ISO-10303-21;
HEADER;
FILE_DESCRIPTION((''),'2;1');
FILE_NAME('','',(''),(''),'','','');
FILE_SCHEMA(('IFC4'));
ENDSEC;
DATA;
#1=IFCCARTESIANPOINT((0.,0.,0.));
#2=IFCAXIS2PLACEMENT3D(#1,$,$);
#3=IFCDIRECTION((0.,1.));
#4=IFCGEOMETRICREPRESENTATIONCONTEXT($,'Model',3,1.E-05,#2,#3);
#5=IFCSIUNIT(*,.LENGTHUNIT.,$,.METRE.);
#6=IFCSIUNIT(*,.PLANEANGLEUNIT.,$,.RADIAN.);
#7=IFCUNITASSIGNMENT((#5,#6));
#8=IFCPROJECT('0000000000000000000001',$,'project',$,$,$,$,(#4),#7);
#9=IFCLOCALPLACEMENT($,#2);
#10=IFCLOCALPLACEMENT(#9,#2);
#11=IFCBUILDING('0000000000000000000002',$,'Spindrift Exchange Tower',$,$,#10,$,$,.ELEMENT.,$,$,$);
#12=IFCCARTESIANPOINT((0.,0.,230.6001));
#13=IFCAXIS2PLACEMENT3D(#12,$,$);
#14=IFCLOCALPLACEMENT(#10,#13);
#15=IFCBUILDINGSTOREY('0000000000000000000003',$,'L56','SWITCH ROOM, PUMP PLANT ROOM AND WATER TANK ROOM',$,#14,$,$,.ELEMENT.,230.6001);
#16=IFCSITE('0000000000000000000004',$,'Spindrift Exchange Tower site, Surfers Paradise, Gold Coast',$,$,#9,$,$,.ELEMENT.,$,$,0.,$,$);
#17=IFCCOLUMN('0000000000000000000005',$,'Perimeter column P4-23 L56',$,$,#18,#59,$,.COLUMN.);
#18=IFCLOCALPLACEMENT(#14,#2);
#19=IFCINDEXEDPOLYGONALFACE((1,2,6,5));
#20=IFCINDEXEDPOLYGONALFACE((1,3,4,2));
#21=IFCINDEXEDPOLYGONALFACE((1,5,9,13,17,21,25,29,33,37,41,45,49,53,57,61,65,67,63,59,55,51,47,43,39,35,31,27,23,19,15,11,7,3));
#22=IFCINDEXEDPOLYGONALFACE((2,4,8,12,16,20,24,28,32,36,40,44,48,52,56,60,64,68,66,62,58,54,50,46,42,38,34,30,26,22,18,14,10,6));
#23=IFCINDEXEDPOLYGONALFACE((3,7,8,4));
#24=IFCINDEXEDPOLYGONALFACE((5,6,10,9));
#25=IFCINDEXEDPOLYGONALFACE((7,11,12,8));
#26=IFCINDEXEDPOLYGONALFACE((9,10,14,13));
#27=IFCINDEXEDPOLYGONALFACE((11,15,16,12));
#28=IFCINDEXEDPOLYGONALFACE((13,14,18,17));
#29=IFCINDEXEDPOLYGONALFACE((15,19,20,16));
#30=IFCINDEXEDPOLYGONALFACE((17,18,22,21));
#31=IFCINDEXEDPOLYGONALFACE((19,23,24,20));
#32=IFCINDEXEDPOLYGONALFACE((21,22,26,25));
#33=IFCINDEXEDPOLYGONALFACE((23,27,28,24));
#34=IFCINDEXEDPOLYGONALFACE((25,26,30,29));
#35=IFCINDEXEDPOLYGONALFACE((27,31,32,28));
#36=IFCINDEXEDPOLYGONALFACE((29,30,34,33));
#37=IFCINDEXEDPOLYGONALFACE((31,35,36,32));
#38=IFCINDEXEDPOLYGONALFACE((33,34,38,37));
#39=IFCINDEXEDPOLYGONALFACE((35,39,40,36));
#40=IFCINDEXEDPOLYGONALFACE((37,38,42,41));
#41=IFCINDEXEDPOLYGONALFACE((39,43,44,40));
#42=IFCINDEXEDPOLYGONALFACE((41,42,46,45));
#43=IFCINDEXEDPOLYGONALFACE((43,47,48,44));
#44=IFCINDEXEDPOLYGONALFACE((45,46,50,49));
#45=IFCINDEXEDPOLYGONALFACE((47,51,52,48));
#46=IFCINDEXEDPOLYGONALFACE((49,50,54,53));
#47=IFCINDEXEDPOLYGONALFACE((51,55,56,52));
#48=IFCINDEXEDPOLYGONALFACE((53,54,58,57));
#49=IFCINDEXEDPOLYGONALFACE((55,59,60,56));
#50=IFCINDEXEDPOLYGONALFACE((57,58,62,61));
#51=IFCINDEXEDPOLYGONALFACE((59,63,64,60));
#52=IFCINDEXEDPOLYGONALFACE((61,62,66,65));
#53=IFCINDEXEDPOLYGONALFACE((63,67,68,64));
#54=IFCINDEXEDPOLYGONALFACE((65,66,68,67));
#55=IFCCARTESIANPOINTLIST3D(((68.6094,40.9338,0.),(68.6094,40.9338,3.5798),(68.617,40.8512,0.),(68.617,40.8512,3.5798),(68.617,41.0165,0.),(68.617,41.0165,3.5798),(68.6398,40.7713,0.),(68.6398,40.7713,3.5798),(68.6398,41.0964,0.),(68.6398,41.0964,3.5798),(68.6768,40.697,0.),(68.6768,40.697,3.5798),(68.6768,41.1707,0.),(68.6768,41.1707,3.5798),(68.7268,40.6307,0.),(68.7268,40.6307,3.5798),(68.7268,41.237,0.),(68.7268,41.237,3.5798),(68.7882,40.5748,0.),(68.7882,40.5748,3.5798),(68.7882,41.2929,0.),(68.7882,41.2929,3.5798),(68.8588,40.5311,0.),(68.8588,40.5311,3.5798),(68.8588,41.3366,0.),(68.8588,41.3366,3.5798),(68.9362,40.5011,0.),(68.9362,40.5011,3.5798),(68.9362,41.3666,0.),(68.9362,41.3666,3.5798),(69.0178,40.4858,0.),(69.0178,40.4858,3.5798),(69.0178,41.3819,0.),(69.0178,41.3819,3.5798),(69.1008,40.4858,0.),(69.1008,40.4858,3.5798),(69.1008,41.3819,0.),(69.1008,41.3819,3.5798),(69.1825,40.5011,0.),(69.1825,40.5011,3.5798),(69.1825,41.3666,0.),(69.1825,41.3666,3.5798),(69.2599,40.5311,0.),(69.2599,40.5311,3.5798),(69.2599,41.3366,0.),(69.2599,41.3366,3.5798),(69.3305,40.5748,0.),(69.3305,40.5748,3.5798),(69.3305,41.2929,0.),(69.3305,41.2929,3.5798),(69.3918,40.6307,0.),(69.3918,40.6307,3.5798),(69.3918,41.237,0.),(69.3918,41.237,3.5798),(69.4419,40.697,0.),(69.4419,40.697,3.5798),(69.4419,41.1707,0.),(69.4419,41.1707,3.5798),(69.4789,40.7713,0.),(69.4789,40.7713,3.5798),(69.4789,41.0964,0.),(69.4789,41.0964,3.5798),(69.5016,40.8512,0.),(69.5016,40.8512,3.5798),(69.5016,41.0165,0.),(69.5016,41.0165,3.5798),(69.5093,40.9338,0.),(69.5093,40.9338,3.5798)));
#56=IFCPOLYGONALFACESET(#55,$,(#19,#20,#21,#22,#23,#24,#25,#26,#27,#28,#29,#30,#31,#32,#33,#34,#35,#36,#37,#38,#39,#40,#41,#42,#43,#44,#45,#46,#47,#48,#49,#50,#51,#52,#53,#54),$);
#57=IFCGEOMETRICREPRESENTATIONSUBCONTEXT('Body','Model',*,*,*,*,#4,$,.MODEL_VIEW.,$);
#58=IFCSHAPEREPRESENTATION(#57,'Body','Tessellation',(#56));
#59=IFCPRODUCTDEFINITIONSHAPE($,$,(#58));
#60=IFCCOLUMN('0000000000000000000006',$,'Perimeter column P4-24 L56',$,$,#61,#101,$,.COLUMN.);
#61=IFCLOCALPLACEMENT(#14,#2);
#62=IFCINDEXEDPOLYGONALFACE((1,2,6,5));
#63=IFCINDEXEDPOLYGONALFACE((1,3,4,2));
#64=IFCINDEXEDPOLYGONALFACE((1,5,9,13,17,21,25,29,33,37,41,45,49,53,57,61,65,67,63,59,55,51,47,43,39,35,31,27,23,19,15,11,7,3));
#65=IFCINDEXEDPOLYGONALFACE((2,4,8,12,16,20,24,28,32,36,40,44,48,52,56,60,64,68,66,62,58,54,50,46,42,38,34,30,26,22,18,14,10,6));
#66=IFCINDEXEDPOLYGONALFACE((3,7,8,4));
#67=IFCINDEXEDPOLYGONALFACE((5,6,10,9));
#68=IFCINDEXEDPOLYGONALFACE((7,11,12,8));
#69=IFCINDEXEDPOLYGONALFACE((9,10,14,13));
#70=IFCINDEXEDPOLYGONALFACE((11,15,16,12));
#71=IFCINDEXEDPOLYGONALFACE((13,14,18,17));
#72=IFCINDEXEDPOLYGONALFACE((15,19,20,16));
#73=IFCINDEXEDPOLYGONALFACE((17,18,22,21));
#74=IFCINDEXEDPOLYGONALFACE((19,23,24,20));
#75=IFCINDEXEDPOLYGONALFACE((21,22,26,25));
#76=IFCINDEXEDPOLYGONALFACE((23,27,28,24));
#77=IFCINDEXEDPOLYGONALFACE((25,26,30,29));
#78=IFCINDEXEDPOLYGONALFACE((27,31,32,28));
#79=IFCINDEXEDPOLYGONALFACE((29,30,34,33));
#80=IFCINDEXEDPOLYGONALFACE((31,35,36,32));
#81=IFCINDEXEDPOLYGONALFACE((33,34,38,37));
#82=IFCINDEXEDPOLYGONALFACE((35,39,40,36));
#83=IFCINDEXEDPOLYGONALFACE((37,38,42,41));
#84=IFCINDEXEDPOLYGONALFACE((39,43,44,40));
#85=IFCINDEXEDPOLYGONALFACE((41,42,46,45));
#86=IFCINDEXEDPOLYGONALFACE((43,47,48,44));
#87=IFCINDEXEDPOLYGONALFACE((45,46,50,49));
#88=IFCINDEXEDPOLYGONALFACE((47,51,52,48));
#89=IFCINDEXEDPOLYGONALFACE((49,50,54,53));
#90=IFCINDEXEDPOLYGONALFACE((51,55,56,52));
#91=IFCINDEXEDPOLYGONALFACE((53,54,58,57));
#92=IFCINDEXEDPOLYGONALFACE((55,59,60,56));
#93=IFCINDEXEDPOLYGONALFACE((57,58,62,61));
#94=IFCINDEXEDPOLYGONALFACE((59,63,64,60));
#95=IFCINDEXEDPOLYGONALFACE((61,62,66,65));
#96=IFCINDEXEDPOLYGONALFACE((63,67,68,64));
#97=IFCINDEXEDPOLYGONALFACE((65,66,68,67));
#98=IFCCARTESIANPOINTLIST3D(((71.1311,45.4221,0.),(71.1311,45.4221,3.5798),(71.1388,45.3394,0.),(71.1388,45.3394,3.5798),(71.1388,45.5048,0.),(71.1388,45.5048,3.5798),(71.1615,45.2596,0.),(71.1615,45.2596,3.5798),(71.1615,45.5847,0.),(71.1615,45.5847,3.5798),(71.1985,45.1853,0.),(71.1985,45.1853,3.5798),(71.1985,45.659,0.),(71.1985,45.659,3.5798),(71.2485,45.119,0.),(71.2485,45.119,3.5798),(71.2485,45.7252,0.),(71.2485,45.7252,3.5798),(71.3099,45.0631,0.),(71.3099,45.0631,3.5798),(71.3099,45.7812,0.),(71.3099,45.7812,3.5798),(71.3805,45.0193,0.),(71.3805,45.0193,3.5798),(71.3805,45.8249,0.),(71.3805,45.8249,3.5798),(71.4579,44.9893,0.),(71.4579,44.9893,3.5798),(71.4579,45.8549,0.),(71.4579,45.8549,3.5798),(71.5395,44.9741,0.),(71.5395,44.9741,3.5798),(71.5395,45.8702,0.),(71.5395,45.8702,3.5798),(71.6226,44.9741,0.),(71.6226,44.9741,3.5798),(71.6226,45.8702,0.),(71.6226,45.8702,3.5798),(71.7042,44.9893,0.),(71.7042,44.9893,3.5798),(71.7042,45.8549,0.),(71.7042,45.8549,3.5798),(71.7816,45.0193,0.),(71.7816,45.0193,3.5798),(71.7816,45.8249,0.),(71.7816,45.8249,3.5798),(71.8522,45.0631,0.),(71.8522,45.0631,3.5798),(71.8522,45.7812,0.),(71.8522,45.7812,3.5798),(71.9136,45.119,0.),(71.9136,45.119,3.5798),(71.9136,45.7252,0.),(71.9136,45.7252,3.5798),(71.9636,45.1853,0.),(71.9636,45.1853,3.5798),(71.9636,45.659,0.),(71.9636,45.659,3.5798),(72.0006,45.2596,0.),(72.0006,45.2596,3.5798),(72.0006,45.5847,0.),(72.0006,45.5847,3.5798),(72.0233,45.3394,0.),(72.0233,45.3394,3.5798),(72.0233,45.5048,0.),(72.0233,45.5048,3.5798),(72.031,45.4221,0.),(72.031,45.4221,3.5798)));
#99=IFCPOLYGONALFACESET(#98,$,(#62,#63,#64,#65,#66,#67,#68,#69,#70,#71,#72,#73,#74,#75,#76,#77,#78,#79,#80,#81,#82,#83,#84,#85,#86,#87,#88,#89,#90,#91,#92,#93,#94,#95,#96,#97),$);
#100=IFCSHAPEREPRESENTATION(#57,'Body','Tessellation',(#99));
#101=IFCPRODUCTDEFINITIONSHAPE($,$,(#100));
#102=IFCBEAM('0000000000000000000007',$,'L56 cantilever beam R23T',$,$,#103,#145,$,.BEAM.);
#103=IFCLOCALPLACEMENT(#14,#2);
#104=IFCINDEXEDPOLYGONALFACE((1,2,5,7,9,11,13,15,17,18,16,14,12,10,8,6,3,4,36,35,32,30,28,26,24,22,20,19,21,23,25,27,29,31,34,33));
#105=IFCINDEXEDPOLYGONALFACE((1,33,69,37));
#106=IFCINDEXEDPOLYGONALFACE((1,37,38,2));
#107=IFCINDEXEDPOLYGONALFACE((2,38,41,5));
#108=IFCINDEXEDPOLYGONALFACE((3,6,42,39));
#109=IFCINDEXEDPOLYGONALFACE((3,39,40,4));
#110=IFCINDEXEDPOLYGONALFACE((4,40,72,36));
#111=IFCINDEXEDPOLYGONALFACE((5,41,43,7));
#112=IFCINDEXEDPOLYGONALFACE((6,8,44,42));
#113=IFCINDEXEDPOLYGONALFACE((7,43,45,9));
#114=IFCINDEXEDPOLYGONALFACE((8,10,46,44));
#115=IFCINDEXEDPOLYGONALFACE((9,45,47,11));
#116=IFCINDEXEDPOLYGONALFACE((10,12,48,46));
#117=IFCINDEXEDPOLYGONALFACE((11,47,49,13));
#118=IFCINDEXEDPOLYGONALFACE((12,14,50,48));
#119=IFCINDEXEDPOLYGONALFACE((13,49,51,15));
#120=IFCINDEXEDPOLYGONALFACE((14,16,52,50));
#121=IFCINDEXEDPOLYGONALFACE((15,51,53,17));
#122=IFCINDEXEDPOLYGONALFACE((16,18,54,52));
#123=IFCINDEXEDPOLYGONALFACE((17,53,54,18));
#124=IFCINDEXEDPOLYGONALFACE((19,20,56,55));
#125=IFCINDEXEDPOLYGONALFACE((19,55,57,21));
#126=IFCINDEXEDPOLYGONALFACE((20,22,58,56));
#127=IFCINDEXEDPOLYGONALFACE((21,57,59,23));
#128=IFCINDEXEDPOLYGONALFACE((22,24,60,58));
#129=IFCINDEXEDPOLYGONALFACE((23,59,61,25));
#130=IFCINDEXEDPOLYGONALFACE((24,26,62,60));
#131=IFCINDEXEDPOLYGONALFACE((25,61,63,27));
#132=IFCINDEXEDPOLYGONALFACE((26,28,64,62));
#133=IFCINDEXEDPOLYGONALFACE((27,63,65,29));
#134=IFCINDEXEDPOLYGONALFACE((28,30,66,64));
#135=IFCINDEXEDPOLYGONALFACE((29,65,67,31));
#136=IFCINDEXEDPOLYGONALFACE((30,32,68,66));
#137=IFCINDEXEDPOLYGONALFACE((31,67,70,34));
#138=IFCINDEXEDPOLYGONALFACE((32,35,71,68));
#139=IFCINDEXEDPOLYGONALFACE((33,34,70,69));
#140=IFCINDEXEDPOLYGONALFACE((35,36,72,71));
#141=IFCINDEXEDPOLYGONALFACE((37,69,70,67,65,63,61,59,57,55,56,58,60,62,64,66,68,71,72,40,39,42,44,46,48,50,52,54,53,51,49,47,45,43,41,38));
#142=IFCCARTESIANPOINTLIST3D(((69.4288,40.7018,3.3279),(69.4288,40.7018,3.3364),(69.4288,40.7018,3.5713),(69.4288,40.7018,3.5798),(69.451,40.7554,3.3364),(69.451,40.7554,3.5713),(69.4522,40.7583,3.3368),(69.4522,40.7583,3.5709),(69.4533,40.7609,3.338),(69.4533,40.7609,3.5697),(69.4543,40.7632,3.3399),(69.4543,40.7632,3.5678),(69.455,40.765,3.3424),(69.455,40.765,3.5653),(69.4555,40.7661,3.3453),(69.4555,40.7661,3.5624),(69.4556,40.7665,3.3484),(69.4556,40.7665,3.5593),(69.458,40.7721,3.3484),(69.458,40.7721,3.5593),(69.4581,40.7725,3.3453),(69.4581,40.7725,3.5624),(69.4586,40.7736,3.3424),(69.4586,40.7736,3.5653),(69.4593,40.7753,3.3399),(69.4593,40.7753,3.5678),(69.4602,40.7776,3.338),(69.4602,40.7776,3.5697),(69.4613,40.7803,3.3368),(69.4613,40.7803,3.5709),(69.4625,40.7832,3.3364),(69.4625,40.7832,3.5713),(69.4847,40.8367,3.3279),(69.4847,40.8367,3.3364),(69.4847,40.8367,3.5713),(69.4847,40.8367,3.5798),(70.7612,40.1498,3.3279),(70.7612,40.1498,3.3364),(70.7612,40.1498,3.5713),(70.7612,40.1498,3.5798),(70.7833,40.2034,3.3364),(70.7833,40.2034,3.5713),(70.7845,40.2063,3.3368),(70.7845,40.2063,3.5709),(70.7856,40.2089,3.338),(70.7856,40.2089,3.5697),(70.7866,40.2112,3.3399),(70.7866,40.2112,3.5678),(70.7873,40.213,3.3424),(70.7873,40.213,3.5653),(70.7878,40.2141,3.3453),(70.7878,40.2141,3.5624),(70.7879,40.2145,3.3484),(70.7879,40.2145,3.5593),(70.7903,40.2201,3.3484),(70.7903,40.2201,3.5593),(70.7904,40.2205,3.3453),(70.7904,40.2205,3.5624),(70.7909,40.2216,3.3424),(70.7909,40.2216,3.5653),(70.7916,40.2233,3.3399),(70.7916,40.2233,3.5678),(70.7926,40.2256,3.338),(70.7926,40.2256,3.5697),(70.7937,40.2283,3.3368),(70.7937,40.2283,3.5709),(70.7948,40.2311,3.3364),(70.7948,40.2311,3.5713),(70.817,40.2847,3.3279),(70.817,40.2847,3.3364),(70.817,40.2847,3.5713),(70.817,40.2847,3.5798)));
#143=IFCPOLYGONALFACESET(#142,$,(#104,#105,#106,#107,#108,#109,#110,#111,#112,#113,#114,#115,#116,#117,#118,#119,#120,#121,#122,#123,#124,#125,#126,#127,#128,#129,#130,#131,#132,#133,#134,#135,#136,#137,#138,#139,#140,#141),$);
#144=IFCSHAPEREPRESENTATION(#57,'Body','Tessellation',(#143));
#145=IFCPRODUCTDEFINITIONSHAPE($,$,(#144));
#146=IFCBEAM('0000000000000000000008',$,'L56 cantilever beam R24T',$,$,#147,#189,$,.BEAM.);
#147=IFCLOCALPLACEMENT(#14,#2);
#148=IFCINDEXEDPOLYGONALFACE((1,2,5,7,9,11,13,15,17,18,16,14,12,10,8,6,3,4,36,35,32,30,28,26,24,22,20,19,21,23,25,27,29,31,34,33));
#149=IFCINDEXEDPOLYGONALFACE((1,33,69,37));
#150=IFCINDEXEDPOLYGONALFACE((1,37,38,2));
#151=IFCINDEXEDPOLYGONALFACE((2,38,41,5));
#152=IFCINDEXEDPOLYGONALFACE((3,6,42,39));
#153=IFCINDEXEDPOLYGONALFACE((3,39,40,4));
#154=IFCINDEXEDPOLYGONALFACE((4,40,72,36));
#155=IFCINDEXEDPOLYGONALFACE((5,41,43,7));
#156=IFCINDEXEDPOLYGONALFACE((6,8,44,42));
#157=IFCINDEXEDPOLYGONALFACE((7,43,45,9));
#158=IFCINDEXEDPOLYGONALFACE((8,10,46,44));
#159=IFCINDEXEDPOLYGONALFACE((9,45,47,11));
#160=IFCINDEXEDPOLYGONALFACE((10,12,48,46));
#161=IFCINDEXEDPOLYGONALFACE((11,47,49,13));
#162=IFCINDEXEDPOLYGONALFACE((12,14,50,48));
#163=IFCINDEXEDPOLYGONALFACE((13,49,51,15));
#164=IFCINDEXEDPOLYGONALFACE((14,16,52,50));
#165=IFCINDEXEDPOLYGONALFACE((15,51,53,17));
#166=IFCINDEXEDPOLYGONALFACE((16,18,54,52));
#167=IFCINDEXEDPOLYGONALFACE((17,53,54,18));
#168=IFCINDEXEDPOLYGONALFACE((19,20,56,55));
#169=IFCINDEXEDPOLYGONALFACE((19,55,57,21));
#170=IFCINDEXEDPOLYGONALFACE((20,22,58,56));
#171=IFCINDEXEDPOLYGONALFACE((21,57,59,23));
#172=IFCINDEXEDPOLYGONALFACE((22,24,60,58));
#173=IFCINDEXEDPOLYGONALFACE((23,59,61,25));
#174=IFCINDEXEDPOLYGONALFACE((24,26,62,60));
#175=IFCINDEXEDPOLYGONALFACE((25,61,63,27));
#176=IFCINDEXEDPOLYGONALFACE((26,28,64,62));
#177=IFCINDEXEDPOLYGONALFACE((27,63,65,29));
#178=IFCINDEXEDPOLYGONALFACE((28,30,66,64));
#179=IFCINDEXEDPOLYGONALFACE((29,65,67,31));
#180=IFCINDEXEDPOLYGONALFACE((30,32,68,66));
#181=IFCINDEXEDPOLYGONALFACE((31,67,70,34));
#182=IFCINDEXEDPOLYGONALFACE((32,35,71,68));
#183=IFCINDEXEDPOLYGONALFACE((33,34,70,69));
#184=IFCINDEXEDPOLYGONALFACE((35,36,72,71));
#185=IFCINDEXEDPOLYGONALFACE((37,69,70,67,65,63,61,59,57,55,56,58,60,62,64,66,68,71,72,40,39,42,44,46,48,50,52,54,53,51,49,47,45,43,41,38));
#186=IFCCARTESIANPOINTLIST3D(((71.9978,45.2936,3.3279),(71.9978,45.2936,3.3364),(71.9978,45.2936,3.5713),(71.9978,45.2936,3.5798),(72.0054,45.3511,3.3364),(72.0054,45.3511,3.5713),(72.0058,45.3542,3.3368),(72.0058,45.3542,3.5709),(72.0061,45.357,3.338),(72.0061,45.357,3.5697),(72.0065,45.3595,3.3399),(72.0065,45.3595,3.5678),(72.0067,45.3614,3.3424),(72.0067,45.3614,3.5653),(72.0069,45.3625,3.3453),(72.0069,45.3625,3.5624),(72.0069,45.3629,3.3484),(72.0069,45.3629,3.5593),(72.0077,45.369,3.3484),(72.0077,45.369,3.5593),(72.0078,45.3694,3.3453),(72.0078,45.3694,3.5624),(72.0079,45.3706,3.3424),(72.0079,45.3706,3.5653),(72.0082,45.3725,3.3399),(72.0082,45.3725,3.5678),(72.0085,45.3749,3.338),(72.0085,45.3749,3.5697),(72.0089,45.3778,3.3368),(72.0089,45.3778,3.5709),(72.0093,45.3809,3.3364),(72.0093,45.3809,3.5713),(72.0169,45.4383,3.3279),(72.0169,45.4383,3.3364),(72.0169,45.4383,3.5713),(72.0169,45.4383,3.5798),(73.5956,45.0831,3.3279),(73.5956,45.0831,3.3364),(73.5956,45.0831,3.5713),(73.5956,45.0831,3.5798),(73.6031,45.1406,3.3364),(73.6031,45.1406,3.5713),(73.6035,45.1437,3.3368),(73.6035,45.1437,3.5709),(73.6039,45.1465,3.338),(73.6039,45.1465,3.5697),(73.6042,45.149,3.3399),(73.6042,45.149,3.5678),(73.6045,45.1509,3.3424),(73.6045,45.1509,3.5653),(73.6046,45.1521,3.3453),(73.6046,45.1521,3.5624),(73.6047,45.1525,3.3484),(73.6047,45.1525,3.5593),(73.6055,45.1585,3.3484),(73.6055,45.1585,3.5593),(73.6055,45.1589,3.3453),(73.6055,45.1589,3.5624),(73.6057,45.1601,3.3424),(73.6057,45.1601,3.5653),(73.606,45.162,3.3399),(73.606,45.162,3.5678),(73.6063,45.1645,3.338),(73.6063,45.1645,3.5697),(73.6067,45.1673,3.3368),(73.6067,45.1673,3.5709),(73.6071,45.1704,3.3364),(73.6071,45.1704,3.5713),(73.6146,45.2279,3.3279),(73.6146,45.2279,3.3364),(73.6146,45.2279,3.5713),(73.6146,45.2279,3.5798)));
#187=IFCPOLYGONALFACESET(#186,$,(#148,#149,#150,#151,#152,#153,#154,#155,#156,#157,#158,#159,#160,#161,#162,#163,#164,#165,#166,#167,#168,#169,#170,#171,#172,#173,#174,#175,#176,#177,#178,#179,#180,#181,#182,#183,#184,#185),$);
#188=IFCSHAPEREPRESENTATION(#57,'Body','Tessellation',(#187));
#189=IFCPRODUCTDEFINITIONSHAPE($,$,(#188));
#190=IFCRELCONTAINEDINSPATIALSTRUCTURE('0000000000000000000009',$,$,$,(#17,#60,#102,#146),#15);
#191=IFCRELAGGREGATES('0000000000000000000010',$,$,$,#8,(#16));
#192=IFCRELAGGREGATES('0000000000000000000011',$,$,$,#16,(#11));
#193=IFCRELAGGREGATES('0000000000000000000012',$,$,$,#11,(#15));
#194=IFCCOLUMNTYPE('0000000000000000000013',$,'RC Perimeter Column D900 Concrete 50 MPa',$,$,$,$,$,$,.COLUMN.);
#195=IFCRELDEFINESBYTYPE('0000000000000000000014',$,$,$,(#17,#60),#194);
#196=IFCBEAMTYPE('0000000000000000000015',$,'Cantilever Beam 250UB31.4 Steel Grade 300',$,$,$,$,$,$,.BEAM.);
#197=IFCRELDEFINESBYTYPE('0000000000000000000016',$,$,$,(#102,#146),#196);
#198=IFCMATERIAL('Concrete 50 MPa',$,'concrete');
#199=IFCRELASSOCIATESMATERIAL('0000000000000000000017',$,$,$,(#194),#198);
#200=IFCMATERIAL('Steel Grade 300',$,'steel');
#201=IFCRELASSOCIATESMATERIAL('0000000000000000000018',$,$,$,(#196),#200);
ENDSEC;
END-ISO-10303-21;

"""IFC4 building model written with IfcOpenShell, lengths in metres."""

from ifc_helpers import new_model, si_unit, direction, frame, origin, origin_2d, place, context, subcontext, project, spatial, circle, i_section, extrude, source, transform, mapped, material, material_profile, profile_set, type_object, element, save


model = new_model("IFC4")

# Units and contexts
model_context = context("Model", 3, precision=1e-05, world=origin(), true_north=direction((0.0, 1.0)))
body_context = subcontext(model_context, "Body", "Model", "MODEL_VIEW")
ifc_project = project(units=[si_unit("LENGTHUNIT", "METRE"), si_unit("PLANEANGLEUNIT", "RADIAN")], contexts=[model_context])

# Site, building, storey
site_placement = place(None, origin())
site = spatial("IfcSite", under=ifc_project, at=site_placement, Name="Spindrift Exchange Tower site, Surfers Paradise, Gold Coast", CompositionType="ELEMENT", RefElevation=0.0)
building_placement = place(site_placement, origin())
building = spatial("IfcBuilding", under=site, at=building_placement, Name="Spindrift Exchange Tower", CompositionType="ELEMENT")
storey_placement = place(building_placement, frame((0.0, 0.0, 230.6001)))
storey = spatial("IfcBuildingStorey", under=building, at=storey_placement, Name="L56", Description="SWITCH ROOM, PUMP PLANT ROOM AND WATER TANK ROOM", CompositionType="ELEMENT", Elevation=230.6001)

# Columns
ifc_material_1 = material(Name="Concrete 50 MPa", Category="concrete")
ifc_material_profile_1 = material_profile(ifc_material_1, circle(Radius=0.45, at=origin_2d()), Name="RC D900")
ifc_profile_set_1 = profile_set([ifc_material_profile_1], Name="Concrete 50 MPa")
column_type = type_object("IfcColumnType", Name="RC Perimeter Column D900 Concrete 50 MPa", PredefinedType="COLUMN", material=ifc_profile_set_1)
shared_shape_1 = source(origin(), body_context, "Body", "SweptSolid", [
    extrude(circle(Radius=0.45, at=origin_2d()), origin(), (0.0, 0.0, 1.0), 3.5798),
])
for number, where, z_axis, x_axis, name in (
    (1, (69.0593, 40.9338, 0.0), (0.0, 0.0, 1.0), (1.0, 0.0, 0.0), "Perimeter column P4-23 L56"),
    (2, (71.5811, 45.4221, 0.0), (0.0, 0.0, 1.0), (1.0, 0.0, 0.0), "Perimeter column P4-24 L56"),
):
    element("IfcColumn", number, at=place(storey_placement, frame(where, z_axis=z_axis, x_axis=x_axis)), inside=storey, type_object=column_type, Name=name, PredefinedType="COLUMN", context=body_context, shape_type="MappedRepresentation", body=[
        mapped(shared_shape_1, transform((0.0, 0.0, 0.0), scale=1.0)),
    ])

# Beams
ifc_material_2 = material(Name="Steel Grade 300", Category="steel")
ifc_material_profile_2 = material_profile(ifc_material_2, i_section(OverallWidth=0.146, OverallDepth=0.252, WebThickness=0.0061, FlangeThickness=0.0085, FilletRadius=0.012, at=origin_2d()), Name="250UB31.4")
ifc_profile_set_2 = profile_set([ifc_material_profile_2], Name="Steel Grade 300")
beam_type_1 = type_object("IfcBeamType", Name="Cantilever Beam 250UB31.4 Steel Grade 300", PredefinedType="BEAM", material=ifc_profile_set_2)
shared_shape_2 = source(origin(), body_context, "Body", "SweptSolid", [
    extrude(i_section(OverallWidth=0.146, OverallDepth=0.252, WebThickness=0.0061, FlangeThickness=0.0085, FilletRadius=0.012, at=origin_2d()), origin(), (0.0, 0.0, 1.0), 1.4421),
])
beam_1_placement = place(storey_placement, frame((69.4568, 40.7693, 3.4539), z_axis=(0.923841, -0.382775, 0.0), x_axis=(0.382775, 0.923841, 0.0)))
element("IfcBeam", 3, at=beam_1_placement, inside=storey, type_object=beam_type_1, Name="L56 cantilever beam R23T", PredefinedType="BEAM", context=body_context, shape_type="MappedRepresentation", body=[
    mapped(shared_shape_2, transform((0.0, 0.0, 0.0), scale=1.0)),
])
shared_shape_3 = source(origin(), body_context, "Body", "SweptSolid", [
    extrude(i_section(OverallWidth=0.146, OverallDepth=0.252, WebThickness=0.0061, FlangeThickness=0.0085, FilletRadius=0.012, at=origin_2d()), origin(), (0.0, 0.0, 1.0), 1.6116),
])
beam_2_placement = place(storey_placement, frame((72.0073, 45.366, 3.4539), z_axis=(0.991436, -0.130596, 0.0), x_axis=(0.130596, 0.991436, 0.0)))
element("IfcBeam", 4, at=beam_2_placement, inside=storey, type_object=beam_type_1, Name="L56 cantilever beam R24T", PredefinedType="BEAM", context=body_context, shape_type="MappedRepresentation", body=[
    mapped(shared_shape_3, transform((0.0, 0.0, 0.0), scale=1.0)),
])

save(model, "model.ifc")
